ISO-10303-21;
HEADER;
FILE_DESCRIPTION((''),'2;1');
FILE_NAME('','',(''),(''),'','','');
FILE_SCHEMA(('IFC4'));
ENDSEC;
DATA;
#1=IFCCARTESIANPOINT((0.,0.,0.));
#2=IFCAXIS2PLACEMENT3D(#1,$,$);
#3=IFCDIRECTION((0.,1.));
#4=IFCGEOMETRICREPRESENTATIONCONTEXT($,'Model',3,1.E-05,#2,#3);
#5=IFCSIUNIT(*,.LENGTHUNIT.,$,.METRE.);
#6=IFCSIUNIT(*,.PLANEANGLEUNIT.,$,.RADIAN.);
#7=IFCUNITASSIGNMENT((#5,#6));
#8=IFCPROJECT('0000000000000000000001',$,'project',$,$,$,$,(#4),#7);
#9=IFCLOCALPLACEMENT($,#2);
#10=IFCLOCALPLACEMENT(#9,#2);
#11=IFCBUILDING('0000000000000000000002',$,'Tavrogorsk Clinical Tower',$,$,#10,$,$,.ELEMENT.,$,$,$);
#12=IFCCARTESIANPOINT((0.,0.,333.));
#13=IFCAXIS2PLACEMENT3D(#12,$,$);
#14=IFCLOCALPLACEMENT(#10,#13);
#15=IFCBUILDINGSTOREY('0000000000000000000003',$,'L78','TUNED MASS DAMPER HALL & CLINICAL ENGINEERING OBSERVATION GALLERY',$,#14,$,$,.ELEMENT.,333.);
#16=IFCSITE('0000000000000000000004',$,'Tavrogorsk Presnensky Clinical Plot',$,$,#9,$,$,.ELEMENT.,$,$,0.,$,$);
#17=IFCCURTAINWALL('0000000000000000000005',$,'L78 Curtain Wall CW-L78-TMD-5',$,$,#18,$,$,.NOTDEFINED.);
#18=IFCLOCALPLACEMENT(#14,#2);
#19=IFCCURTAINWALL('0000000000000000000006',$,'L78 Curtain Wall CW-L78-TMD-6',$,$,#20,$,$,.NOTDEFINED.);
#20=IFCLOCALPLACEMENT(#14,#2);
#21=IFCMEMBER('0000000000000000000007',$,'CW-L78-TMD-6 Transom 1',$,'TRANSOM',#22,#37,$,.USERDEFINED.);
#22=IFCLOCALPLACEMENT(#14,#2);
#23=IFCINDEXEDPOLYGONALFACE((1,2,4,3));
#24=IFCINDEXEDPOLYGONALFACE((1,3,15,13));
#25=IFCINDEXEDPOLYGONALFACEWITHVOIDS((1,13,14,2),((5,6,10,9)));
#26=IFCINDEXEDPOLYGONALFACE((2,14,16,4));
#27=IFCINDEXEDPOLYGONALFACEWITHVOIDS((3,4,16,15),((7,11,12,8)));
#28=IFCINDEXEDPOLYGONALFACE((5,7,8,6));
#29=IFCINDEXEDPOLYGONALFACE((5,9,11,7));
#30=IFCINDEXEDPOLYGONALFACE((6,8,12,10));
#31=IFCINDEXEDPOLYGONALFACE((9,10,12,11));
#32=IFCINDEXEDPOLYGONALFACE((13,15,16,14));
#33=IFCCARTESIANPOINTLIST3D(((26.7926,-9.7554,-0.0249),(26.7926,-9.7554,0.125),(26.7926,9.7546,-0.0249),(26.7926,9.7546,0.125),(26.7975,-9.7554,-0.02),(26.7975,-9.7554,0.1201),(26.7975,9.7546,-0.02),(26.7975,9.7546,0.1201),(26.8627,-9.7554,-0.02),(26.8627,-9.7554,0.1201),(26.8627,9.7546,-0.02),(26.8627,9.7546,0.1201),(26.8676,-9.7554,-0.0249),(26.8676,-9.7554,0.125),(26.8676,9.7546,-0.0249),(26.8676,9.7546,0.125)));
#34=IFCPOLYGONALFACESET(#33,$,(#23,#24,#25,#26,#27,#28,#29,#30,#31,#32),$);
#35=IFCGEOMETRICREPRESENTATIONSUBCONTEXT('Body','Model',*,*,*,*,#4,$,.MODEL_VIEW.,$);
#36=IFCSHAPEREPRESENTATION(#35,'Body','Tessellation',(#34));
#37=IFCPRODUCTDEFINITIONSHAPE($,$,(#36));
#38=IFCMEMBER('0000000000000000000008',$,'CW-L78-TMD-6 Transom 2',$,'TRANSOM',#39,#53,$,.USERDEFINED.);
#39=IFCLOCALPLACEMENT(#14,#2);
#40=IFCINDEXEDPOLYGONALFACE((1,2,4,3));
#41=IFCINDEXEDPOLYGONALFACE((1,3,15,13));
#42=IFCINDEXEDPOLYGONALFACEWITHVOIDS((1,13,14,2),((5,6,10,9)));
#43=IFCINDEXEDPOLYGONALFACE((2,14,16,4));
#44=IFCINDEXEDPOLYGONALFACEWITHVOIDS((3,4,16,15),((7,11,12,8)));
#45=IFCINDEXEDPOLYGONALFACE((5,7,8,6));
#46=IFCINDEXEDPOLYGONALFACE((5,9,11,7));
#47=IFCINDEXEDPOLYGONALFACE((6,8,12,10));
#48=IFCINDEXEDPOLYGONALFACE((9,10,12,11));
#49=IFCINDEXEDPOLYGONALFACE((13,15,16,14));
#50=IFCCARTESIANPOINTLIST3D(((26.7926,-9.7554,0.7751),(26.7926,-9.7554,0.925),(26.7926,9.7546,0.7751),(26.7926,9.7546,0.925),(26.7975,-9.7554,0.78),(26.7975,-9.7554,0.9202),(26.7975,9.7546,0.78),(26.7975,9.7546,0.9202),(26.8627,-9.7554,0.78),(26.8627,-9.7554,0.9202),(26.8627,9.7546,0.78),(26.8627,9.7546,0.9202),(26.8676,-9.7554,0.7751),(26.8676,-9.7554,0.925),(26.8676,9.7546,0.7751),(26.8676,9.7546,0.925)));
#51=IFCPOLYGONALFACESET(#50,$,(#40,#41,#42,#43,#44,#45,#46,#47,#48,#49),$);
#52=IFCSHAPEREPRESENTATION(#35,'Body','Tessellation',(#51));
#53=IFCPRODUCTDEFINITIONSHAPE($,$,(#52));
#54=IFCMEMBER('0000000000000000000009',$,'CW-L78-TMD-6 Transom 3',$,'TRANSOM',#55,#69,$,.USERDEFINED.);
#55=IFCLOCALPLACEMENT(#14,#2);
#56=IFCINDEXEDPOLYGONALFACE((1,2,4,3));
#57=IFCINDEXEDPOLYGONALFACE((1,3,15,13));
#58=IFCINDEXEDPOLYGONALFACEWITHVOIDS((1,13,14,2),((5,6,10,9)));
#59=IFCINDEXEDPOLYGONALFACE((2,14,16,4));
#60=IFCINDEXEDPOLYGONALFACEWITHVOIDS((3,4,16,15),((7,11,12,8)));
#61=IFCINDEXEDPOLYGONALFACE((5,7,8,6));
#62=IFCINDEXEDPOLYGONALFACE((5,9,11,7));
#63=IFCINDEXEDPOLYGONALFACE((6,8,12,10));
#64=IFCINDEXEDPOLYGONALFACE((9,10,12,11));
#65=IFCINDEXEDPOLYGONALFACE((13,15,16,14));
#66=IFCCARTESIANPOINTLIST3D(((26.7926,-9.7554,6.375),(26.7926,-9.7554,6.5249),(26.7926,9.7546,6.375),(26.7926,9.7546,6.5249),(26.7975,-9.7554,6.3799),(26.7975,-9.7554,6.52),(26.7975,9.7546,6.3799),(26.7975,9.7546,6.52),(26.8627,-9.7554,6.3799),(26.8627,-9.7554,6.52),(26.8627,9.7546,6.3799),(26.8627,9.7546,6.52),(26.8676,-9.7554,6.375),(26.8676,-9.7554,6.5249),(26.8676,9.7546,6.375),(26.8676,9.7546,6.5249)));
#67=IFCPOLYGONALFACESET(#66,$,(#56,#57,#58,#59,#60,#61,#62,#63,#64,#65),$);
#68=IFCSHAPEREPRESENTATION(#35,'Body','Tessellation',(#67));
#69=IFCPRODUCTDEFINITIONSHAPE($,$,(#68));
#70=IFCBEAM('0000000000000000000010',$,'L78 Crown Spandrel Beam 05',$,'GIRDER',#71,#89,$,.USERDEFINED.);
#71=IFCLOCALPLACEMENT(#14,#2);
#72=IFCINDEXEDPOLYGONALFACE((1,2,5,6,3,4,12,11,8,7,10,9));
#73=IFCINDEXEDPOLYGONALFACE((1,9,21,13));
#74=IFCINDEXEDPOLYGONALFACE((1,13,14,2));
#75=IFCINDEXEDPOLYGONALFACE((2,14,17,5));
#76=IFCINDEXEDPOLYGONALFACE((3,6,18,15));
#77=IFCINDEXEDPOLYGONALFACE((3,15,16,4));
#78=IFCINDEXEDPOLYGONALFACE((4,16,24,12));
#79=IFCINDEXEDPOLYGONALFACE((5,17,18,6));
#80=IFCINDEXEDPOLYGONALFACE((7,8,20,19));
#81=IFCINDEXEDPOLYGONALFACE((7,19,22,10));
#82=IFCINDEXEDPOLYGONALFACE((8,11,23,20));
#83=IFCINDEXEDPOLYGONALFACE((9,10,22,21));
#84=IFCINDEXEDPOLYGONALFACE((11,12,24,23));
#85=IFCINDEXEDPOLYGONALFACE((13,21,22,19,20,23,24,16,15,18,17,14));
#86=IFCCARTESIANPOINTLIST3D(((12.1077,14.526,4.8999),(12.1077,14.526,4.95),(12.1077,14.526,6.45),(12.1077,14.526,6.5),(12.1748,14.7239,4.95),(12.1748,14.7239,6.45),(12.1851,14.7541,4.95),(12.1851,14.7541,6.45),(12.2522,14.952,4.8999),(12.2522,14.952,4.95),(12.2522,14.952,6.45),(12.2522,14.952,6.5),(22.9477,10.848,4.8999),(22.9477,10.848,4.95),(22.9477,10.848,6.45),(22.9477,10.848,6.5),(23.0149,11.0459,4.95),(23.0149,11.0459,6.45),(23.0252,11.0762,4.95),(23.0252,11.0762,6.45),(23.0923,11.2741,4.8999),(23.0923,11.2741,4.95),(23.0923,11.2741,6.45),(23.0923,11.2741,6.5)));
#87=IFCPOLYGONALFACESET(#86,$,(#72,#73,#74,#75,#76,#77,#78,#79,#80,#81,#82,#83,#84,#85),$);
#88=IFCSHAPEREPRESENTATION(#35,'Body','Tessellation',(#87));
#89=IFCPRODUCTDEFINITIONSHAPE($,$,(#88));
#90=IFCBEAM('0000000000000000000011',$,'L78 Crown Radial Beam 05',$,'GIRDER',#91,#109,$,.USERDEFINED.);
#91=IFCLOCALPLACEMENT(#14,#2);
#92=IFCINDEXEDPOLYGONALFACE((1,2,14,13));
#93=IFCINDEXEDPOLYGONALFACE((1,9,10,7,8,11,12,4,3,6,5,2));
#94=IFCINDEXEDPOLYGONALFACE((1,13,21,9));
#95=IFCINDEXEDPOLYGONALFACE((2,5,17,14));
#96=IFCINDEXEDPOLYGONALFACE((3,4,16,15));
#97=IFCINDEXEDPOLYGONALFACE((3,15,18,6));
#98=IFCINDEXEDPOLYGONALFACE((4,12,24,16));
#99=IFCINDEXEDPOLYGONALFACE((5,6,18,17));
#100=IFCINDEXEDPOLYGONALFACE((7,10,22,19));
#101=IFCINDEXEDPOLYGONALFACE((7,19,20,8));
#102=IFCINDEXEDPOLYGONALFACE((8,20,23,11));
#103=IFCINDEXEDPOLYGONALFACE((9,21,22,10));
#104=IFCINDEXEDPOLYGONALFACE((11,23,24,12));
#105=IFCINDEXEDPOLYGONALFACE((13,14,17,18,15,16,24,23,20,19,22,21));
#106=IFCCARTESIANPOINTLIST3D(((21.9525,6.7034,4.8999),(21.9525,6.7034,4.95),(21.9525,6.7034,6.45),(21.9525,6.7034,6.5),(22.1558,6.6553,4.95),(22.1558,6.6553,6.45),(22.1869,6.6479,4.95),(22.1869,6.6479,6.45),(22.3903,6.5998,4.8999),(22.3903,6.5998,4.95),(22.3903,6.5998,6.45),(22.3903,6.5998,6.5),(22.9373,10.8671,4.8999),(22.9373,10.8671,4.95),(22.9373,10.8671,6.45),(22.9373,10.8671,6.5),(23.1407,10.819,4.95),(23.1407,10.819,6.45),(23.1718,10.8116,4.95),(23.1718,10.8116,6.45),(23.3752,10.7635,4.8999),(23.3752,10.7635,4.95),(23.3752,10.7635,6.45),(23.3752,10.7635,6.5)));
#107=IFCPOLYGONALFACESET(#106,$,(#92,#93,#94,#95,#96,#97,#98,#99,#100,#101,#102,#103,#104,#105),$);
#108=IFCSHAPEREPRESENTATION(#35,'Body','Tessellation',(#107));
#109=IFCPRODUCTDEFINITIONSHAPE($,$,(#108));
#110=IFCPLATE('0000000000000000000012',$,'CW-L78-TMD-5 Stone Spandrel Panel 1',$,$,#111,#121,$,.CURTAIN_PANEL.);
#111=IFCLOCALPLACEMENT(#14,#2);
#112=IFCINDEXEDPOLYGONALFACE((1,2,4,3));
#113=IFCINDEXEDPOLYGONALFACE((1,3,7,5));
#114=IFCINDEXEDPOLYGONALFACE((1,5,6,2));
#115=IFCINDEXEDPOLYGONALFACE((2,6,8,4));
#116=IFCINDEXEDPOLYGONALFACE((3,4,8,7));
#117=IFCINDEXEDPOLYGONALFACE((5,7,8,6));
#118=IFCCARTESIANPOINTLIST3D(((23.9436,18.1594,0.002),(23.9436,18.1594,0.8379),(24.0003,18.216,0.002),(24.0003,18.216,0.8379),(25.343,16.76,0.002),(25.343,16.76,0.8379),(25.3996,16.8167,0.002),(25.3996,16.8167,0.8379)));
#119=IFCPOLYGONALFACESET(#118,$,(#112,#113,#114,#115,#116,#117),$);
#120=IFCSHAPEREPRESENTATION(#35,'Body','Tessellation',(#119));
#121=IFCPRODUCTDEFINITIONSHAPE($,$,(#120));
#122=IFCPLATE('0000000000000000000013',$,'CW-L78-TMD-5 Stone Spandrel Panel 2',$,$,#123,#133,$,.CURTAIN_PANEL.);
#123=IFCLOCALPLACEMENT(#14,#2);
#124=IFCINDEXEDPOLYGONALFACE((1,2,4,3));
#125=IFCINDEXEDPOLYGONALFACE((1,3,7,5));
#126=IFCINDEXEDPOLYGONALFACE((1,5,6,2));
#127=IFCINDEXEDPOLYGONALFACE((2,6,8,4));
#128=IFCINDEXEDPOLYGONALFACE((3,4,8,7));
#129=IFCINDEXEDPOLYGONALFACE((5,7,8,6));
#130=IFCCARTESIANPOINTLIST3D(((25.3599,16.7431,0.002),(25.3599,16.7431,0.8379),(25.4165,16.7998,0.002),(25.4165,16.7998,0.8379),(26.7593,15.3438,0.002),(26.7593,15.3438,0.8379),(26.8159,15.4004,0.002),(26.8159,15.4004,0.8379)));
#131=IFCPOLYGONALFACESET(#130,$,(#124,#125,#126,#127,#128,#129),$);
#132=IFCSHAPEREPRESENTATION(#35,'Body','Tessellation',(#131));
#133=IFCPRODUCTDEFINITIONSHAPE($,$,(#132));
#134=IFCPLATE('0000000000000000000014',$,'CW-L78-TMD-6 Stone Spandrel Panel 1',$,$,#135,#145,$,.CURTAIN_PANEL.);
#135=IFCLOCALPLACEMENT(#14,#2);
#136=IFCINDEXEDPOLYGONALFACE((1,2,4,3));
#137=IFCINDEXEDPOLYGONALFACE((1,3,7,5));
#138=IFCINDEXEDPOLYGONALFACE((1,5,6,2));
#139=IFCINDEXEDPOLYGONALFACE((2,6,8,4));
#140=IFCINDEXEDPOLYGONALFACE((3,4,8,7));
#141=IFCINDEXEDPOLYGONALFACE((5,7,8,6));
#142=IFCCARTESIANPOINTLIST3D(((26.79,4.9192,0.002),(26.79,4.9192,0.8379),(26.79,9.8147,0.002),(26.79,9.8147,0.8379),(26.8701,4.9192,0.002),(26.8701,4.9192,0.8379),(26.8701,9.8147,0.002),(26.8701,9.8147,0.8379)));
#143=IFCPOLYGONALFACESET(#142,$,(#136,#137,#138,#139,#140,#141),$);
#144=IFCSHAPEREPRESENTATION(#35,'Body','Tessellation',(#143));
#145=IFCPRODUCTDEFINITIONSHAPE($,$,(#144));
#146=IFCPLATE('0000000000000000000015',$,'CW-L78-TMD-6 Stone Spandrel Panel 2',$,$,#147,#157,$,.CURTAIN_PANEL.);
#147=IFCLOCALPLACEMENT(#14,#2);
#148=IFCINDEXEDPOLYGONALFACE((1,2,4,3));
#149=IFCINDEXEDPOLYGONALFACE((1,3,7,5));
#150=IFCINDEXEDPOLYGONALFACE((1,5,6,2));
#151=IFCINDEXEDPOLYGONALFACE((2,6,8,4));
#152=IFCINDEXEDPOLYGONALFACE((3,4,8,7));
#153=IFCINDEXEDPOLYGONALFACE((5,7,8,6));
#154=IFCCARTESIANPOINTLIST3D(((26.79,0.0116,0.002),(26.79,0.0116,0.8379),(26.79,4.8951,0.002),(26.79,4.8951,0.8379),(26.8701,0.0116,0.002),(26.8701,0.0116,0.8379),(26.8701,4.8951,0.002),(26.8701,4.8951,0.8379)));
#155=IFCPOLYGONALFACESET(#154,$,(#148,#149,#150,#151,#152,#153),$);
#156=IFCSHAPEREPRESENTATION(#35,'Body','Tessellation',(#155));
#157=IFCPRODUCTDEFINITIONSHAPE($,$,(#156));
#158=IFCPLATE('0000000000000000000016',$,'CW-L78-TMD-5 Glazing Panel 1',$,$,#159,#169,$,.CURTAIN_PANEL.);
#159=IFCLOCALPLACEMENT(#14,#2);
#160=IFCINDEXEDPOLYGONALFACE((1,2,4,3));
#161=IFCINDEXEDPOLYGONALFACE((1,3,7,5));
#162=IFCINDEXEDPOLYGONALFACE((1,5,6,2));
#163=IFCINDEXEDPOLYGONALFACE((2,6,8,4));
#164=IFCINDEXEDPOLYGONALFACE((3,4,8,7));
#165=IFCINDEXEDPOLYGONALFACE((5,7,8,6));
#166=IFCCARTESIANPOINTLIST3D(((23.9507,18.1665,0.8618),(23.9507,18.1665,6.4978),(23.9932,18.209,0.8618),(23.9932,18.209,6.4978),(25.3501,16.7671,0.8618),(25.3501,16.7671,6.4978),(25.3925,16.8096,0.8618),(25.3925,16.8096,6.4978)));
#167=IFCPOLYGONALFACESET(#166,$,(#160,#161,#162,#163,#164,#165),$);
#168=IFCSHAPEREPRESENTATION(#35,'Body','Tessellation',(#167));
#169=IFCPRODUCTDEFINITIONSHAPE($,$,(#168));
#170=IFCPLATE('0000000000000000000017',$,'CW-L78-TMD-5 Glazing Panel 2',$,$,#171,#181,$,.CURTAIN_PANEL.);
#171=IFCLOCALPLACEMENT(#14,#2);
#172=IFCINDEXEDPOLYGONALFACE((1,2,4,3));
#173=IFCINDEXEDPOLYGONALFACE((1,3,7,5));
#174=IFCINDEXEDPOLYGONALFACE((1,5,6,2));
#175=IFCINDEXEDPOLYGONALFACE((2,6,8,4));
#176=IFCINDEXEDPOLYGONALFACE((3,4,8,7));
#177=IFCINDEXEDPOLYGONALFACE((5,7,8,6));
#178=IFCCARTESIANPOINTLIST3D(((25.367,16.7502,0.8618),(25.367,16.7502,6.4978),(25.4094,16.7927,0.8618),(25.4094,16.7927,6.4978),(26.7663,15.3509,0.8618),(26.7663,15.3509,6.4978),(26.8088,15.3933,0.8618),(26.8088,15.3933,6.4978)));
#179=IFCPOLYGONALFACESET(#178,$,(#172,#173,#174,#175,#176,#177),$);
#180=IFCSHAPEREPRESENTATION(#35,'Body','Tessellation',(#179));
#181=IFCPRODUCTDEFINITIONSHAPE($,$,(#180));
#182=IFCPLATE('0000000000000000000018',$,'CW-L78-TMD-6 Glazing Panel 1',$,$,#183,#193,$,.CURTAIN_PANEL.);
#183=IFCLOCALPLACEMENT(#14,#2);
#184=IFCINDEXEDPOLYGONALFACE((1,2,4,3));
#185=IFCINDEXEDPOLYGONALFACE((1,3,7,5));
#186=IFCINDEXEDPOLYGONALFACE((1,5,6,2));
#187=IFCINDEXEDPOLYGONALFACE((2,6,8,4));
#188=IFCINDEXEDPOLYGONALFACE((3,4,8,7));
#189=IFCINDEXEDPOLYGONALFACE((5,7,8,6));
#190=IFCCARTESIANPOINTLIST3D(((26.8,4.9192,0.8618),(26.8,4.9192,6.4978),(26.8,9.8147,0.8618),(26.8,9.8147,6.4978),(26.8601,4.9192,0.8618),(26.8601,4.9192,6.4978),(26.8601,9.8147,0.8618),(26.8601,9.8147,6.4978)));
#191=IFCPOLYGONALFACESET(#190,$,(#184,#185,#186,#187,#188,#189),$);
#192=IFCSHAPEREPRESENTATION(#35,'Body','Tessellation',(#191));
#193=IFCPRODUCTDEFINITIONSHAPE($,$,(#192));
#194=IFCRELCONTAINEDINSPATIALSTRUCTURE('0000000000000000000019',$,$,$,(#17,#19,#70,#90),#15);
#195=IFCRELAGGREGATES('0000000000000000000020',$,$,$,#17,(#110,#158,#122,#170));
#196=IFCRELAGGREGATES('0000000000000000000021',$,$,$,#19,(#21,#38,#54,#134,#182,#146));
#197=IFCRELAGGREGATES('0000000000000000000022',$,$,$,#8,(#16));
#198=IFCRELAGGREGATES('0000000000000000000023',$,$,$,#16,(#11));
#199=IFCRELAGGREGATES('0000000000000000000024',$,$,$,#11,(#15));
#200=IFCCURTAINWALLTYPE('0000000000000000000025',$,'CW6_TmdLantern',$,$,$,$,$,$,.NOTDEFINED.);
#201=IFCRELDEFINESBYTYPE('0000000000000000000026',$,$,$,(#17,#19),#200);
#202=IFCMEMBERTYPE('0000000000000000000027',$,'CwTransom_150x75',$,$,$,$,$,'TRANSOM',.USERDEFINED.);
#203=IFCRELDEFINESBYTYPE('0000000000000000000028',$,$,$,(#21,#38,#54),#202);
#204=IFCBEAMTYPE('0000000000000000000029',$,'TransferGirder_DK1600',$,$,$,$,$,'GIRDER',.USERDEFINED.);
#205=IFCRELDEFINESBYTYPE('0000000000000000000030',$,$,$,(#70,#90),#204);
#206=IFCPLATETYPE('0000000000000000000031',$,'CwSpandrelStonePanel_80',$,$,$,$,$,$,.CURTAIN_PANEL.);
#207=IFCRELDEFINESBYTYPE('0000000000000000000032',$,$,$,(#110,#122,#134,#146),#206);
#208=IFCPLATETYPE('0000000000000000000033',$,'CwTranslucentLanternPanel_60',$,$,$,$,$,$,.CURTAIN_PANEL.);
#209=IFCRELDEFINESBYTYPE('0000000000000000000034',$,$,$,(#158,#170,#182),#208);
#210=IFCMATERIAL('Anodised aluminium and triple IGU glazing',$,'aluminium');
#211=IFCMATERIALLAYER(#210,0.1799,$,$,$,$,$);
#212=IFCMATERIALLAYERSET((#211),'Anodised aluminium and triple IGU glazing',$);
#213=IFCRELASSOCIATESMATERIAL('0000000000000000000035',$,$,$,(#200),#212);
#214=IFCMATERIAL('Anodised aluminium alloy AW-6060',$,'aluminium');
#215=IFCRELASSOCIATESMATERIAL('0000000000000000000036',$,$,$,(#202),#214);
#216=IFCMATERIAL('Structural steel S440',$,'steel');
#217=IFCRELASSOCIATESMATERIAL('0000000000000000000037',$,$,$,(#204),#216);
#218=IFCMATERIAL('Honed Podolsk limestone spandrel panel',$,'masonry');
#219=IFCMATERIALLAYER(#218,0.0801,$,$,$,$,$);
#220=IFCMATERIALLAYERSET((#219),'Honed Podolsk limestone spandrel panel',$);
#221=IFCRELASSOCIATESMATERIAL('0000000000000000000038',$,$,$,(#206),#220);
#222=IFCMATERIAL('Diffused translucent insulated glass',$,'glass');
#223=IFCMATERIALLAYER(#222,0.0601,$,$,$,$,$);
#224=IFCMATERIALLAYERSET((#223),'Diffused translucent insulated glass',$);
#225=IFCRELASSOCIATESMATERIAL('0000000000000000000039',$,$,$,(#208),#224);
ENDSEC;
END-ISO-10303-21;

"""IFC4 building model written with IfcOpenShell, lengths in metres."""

from ifc_helpers import new_model, si_unit, direction, frame, origin, origin_2d, place, context, subcontext, project, spatial, rectangle, hollow_rectangle, i_section, extrude, material, layer, layer_set, material_profile, profile_set, type_object, element, aggregate, save


model = new_model("IFC4")

# Units and contexts
model_context = context("Model", 3, precision=1e-05, world=origin(), true_north=direction((0.0, 1.0)))
body_context = subcontext(model_context, "Body", "Model", "MODEL_VIEW")
ifc_project = project(units=[si_unit("LENGTHUNIT", "METRE"), si_unit("PLANEANGLEUNIT", "RADIAN")], contexts=[model_context])

# Site, building, storey
site_placement = place(None, origin())
site = spatial("IfcSite", under=ifc_project, at=site_placement, Name="Tavrogorsk Presnensky Clinical Plot", CompositionType="ELEMENT", RefElevation=0.0)
building_placement = place(site_placement, origin())
building = spatial("IfcBuilding", under=site, at=building_placement, Name="Tavrogorsk Clinical Tower", CompositionType="ELEMENT")
storey_placement = place(building_placement, frame((0.0, 0.0, 333.0)))
storey = spatial("IfcBuildingStorey", under=building, at=storey_placement, Name="L78", Description="TUNED MASS DAMPER HALL & CLINICAL ENGINEERING OBSERVATION GALLERY", CompositionType="ELEMENT", Elevation=333.0)

# Curtain walls
ifc_material_1 = material(Name="Anodised aluminium and triple IGU glazing", Category="aluminium")
ifc_layer_1 = layer(ifc_material_1, 0.1799)
ifc_layer_set_1 = layer_set([ifc_layer_1], Name="Anodised aluminium and triple IGU glazing")
curtain_wall_type = type_object("IfcCurtainWallType", Name="CW6_TmdLantern", PredefinedType="NOTDEFINED", material=ifc_layer_set_1)
curtain_wall_1_placement = place(storey_placement, origin())
curtain_wall_1 = element("IfcCurtainWall", 1, at=curtain_wall_1_placement, inside=storey, type_object=curtain_wall_type, Name="L78 Curtain Wall CW-L78-TMD-5", PredefinedType="NOTDEFINED")
curtain_wall_2_placement = place(storey_placement, origin())
curtain_wall_2 = element("IfcCurtainWall", 2, at=curtain_wall_2_placement, inside=storey, type_object=curtain_wall_type, Name="L78 Curtain Wall CW-L78-TMD-6", PredefinedType="NOTDEFINED")

# Members
ifc_material_2 = material(Name="Anodised aluminium alloy AW-6060", Category="aluminium")
ifc_material_profile_1 = material_profile(ifc_material_2, hollow_rectangle(XDim=0.075, YDim=0.1499, WallThickness=0.0049, at=origin_2d()), Name="RHS-150x75x5")
ifc_profile_set_1 = profile_set([ifc_material_profile_1], Name="Anodised aluminium alloy AW-6060")
member_type_1 = type_object("IfcMemberType", Name="CwTransom_150x75", ElementType="TRANSOM", PredefinedType="USERDEFINED", material=ifc_profile_set_1)
member_1_placement = place(storey_placement, frame((26.8301, 9.7546, 0.05), z_axis=(0.0, -1.0, 0.0), x_axis=(1.0, 0.0, 0.0)))
member_1 = element("IfcMember", 3, at=member_1_placement, type_object=member_type_1, Name="CW-L78-TMD-6 Transom 1", ObjectType="TRANSOM", PredefinedType="USERDEFINED", context=body_context, shape_type="SweptSolid", body=[
    extrude(hollow_rectangle(XDim=0.075, YDim=0.1499, WallThickness=0.0049, at=origin_2d()), origin(), (0.0, 0.0, 1.0), 19.51),
])
member_2_placement = place(storey_placement, frame((26.8301, 9.7546, 0.8501), z_axis=(0.0, -1.0, 0.0), x_axis=(1.0, 0.0, 0.0)))
member_2 = element("IfcMember", 4, at=member_2_placement, type_object=member_type_1, Name="CW-L78-TMD-6 Transom 2", ObjectType="TRANSOM", PredefinedType="USERDEFINED", context=body_context, shape_type="SweptSolid", body=[
    extrude(hollow_rectangle(XDim=0.075, YDim=0.1499, WallThickness=0.0049, at=origin_2d()), origin(), (0.0, 0.0, 1.0), 19.51),
])
member_3_placement = place(storey_placement, frame((26.8301, 9.7546, 6.45), z_axis=(0.0, -1.0, 0.0), x_axis=(1.0, 0.0, 0.0)))
member_3 = element("IfcMember", 5, at=member_3_placement, type_object=member_type_1, Name="CW-L78-TMD-6 Transom 3", ObjectType="TRANSOM", PredefinedType="USERDEFINED", context=body_context, shape_type="SweptSolid", body=[
    extrude(hollow_rectangle(XDim=0.075, YDim=0.1499, WallThickness=0.0049, at=origin_2d()), origin(), (0.0, 0.0, 1.0), 19.51),
])

# Beams
ifc_material_3 = material(Name="Structural steel S440", Category="steel")
ifc_material_profile_2 = material_profile(ifc_material_3, i_section(OverallWidth=0.45, OverallDepth=1.6001, WebThickness=0.032, FlangeThickness=0.05, at=origin_2d()), Name="DK-1600x450x32x50")
ifc_profile_set_2 = profile_set([ifc_material_profile_2], Name="Structural steel S440")
beam_type = type_object("IfcBeamType", Name="TransferGirder_DK1600", ElementType="GIRDER", PredefinedType="USERDEFINED", material=ifc_profile_set_2)
beam_1_placement = place(storey_placement, frame((23.02, 11.061, 5.7), z_axis=(-0.946976, 0.321304, 0.0), x_axis=(-0.321304, -0.946976, 0.0)))
element("IfcBeam", 6, at=beam_1_placement, inside=storey, type_object=beam_type, Name="L78 Crown Spandrel Beam 05", ObjectType="GIRDER", PredefinedType="USERDEFINED", context=body_context, shape_type="SweptSolid", body=[
    extrude(i_section(OverallWidth=0.45, OverallDepth=1.6001, WebThickness=0.032, FlangeThickness=0.05, at=origin_2d()), origin(), (0.0, 0.0, 1.0), 11.447),
])
beam_2_placement = place(storey_placement, frame((22.1714, 6.6516, 5.7), z_axis=(0.230191, 0.973146, 0.0), x_axis=(-0.973146, 0.230191, 0.0)))
element("IfcBeam", 7, at=beam_2_placement, inside=storey, type_object=beam_type, Name="L78 Crown Radial Beam 05", ObjectType="GIRDER", PredefinedType="USERDEFINED", context=body_context, shape_type="SweptSolid", body=[
    extrude(i_section(OverallWidth=0.45, OverallDepth=1.6001, WebThickness=0.032, FlangeThickness=0.05, at=origin_2d()), origin(), (0.0, 0.0, 1.0), 4.2786),
])

# Plates
ifc_material_4 = material(Name="Honed Podolsk limestone spandrel panel", Category="masonry")
ifc_layer_2 = layer(ifc_material_4, 0.0801)
ifc_layer_set_2 = layer_set([ifc_layer_2], Name="Honed Podolsk limestone spandrel panel")
plate_type_1 = type_object("IfcPlateType", Name="CwSpandrelStonePanel_80", PredefinedType="CURTAIN_PANEL", material=ifc_layer_set_2)
plate_1_placement = place(storey_placement, frame((24.6716, 17.488, 0.002), z_axis=(0.0, 0.0, 1.0), x_axis=(0.707107, -0.707107, 0.0)))
plate_1 = element("IfcPlate", 8, at=plate_1_placement, type_object=plate_type_1, Name="CW-L78-TMD-5 Stone Spandrel Panel 1", PredefinedType="CURTAIN_PANEL", context=body_context, shape_type="SweptSolid", body=[
    extrude(rectangle(XDim=1.979, YDim=0.0801, at=origin_2d()), origin(), (0.0, 0.0, 1.0), 0.8359),
])
plate_2_placement = place(storey_placement, frame((26.0879, 16.0718, 0.002), z_axis=(0.0, 0.0, 1.0), x_axis=(0.707107, -0.707107, 0.0)))
plate_2 = element("IfcPlate", 9, at=plate_2_placement, type_object=plate_type_1, Name="CW-L78-TMD-5 Stone Spandrel Panel 2", PredefinedType="CURTAIN_PANEL", context=body_context, shape_type="SweptSolid", body=[
    extrude(rectangle(XDim=1.979, YDim=0.0801, at=origin_2d()), origin(), (0.0, 0.0, 1.0), 0.8359),
])
plate_3_placement = place(storey_placement, frame((26.8301, 7.3669, 0.002), z_axis=(0.0, 0.0, 1.0), x_axis=(0.0, -1.0, 0.0)))
plate_3 = element("IfcPlate", 10, at=plate_3_placement, type_object=plate_type_1, Name="CW-L78-TMD-6 Stone Spandrel Panel 1", PredefinedType="CURTAIN_PANEL", context=body_context, shape_type="SweptSolid", body=[
    extrude(rectangle(XDim=4.8955, YDim=0.0801, at=origin_2d()), origin(), (0.0, 0.0, 1.0), 0.8359),
])
plate_4_placement = place(storey_placement, frame((26.8301, 2.4534, 0.002), z_axis=(0.0, 0.0, 1.0), x_axis=(0.0, -1.0, 0.0)))
plate_4 = element("IfcPlate", 11, at=plate_4_placement, type_object=plate_type_1, Name="CW-L78-TMD-6 Stone Spandrel Panel 2", PredefinedType="CURTAIN_PANEL", context=body_context, shape_type="SweptSolid", body=[
    extrude(rectangle(XDim=4.8835, YDim=0.0801, at=origin_2d()), origin(), (0.0, 0.0, 1.0), 0.8359),
])
ifc_material_5 = material(Name="Diffused translucent insulated glass", Category="glass")
ifc_layer_3 = layer(ifc_material_5, 0.0601)
ifc_layer_set_3 = layer_set([ifc_layer_3], Name="Diffused translucent insulated glass")
plate_type_2 = type_object("IfcPlateType", Name="CwTranslucentLanternPanel_60", PredefinedType="CURTAIN_PANEL", material=ifc_layer_set_3)
plate_5_placement = place(storey_placement, frame((24.6716, 17.488, 0.8618), z_axis=(0.0, 0.0, 1.0), x_axis=(0.707107, -0.707107, 0.0)))
plate_5 = element("IfcPlate", 12, at=plate_5_placement, type_object=plate_type_2, Name="CW-L78-TMD-5 Glazing Panel 1", PredefinedType="CURTAIN_PANEL", context=body_context, shape_type="SweptSolid", body=[
    extrude(rectangle(XDim=1.979, YDim=0.0601, at=origin_2d()), origin(), (0.0, 0.0, 1.0), 5.636),
])
plate_6_placement = place(storey_placement, frame((26.0879, 16.0718, 0.8618), z_axis=(0.0, 0.0, 1.0), x_axis=(0.707107, -0.707107, 0.0)))
plate_6 = element("IfcPlate", 13, at=plate_6_placement, type_object=plate_type_2, Name="CW-L78-TMD-5 Glazing Panel 2", PredefinedType="CURTAIN_PANEL", context=body_context, shape_type="SweptSolid", body=[
    extrude(rectangle(XDim=1.979, YDim=0.0601, at=origin_2d()), origin(), (0.0, 0.0, 1.0), 5.636),
])
aggregate(curtain_wall_1, [plate_1, plate_5, plate_2, plate_6])
plate_7_placement = place(storey_placement, frame((26.8301, 7.3669, 0.8618), z_axis=(0.0, 0.0, 1.0), x_axis=(0.0, -1.0, 0.0)))
plate_7 = element("IfcPlate", 14, at=plate_7_placement, type_object=plate_type_2, Name="CW-L78-TMD-6 Glazing Panel 1", PredefinedType="CURTAIN_PANEL", context=body_context, shape_type="SweptSolid", body=[
    extrude(rectangle(XDim=4.8955, YDim=0.0601, at=origin_2d()), origin(), (0.0, 0.0, 1.0), 5.636),
])
aggregate(curtain_wall_2, [member_1, member_2, member_3, plate_3, plate_7, plate_4])

save(model, "model.ifc")
